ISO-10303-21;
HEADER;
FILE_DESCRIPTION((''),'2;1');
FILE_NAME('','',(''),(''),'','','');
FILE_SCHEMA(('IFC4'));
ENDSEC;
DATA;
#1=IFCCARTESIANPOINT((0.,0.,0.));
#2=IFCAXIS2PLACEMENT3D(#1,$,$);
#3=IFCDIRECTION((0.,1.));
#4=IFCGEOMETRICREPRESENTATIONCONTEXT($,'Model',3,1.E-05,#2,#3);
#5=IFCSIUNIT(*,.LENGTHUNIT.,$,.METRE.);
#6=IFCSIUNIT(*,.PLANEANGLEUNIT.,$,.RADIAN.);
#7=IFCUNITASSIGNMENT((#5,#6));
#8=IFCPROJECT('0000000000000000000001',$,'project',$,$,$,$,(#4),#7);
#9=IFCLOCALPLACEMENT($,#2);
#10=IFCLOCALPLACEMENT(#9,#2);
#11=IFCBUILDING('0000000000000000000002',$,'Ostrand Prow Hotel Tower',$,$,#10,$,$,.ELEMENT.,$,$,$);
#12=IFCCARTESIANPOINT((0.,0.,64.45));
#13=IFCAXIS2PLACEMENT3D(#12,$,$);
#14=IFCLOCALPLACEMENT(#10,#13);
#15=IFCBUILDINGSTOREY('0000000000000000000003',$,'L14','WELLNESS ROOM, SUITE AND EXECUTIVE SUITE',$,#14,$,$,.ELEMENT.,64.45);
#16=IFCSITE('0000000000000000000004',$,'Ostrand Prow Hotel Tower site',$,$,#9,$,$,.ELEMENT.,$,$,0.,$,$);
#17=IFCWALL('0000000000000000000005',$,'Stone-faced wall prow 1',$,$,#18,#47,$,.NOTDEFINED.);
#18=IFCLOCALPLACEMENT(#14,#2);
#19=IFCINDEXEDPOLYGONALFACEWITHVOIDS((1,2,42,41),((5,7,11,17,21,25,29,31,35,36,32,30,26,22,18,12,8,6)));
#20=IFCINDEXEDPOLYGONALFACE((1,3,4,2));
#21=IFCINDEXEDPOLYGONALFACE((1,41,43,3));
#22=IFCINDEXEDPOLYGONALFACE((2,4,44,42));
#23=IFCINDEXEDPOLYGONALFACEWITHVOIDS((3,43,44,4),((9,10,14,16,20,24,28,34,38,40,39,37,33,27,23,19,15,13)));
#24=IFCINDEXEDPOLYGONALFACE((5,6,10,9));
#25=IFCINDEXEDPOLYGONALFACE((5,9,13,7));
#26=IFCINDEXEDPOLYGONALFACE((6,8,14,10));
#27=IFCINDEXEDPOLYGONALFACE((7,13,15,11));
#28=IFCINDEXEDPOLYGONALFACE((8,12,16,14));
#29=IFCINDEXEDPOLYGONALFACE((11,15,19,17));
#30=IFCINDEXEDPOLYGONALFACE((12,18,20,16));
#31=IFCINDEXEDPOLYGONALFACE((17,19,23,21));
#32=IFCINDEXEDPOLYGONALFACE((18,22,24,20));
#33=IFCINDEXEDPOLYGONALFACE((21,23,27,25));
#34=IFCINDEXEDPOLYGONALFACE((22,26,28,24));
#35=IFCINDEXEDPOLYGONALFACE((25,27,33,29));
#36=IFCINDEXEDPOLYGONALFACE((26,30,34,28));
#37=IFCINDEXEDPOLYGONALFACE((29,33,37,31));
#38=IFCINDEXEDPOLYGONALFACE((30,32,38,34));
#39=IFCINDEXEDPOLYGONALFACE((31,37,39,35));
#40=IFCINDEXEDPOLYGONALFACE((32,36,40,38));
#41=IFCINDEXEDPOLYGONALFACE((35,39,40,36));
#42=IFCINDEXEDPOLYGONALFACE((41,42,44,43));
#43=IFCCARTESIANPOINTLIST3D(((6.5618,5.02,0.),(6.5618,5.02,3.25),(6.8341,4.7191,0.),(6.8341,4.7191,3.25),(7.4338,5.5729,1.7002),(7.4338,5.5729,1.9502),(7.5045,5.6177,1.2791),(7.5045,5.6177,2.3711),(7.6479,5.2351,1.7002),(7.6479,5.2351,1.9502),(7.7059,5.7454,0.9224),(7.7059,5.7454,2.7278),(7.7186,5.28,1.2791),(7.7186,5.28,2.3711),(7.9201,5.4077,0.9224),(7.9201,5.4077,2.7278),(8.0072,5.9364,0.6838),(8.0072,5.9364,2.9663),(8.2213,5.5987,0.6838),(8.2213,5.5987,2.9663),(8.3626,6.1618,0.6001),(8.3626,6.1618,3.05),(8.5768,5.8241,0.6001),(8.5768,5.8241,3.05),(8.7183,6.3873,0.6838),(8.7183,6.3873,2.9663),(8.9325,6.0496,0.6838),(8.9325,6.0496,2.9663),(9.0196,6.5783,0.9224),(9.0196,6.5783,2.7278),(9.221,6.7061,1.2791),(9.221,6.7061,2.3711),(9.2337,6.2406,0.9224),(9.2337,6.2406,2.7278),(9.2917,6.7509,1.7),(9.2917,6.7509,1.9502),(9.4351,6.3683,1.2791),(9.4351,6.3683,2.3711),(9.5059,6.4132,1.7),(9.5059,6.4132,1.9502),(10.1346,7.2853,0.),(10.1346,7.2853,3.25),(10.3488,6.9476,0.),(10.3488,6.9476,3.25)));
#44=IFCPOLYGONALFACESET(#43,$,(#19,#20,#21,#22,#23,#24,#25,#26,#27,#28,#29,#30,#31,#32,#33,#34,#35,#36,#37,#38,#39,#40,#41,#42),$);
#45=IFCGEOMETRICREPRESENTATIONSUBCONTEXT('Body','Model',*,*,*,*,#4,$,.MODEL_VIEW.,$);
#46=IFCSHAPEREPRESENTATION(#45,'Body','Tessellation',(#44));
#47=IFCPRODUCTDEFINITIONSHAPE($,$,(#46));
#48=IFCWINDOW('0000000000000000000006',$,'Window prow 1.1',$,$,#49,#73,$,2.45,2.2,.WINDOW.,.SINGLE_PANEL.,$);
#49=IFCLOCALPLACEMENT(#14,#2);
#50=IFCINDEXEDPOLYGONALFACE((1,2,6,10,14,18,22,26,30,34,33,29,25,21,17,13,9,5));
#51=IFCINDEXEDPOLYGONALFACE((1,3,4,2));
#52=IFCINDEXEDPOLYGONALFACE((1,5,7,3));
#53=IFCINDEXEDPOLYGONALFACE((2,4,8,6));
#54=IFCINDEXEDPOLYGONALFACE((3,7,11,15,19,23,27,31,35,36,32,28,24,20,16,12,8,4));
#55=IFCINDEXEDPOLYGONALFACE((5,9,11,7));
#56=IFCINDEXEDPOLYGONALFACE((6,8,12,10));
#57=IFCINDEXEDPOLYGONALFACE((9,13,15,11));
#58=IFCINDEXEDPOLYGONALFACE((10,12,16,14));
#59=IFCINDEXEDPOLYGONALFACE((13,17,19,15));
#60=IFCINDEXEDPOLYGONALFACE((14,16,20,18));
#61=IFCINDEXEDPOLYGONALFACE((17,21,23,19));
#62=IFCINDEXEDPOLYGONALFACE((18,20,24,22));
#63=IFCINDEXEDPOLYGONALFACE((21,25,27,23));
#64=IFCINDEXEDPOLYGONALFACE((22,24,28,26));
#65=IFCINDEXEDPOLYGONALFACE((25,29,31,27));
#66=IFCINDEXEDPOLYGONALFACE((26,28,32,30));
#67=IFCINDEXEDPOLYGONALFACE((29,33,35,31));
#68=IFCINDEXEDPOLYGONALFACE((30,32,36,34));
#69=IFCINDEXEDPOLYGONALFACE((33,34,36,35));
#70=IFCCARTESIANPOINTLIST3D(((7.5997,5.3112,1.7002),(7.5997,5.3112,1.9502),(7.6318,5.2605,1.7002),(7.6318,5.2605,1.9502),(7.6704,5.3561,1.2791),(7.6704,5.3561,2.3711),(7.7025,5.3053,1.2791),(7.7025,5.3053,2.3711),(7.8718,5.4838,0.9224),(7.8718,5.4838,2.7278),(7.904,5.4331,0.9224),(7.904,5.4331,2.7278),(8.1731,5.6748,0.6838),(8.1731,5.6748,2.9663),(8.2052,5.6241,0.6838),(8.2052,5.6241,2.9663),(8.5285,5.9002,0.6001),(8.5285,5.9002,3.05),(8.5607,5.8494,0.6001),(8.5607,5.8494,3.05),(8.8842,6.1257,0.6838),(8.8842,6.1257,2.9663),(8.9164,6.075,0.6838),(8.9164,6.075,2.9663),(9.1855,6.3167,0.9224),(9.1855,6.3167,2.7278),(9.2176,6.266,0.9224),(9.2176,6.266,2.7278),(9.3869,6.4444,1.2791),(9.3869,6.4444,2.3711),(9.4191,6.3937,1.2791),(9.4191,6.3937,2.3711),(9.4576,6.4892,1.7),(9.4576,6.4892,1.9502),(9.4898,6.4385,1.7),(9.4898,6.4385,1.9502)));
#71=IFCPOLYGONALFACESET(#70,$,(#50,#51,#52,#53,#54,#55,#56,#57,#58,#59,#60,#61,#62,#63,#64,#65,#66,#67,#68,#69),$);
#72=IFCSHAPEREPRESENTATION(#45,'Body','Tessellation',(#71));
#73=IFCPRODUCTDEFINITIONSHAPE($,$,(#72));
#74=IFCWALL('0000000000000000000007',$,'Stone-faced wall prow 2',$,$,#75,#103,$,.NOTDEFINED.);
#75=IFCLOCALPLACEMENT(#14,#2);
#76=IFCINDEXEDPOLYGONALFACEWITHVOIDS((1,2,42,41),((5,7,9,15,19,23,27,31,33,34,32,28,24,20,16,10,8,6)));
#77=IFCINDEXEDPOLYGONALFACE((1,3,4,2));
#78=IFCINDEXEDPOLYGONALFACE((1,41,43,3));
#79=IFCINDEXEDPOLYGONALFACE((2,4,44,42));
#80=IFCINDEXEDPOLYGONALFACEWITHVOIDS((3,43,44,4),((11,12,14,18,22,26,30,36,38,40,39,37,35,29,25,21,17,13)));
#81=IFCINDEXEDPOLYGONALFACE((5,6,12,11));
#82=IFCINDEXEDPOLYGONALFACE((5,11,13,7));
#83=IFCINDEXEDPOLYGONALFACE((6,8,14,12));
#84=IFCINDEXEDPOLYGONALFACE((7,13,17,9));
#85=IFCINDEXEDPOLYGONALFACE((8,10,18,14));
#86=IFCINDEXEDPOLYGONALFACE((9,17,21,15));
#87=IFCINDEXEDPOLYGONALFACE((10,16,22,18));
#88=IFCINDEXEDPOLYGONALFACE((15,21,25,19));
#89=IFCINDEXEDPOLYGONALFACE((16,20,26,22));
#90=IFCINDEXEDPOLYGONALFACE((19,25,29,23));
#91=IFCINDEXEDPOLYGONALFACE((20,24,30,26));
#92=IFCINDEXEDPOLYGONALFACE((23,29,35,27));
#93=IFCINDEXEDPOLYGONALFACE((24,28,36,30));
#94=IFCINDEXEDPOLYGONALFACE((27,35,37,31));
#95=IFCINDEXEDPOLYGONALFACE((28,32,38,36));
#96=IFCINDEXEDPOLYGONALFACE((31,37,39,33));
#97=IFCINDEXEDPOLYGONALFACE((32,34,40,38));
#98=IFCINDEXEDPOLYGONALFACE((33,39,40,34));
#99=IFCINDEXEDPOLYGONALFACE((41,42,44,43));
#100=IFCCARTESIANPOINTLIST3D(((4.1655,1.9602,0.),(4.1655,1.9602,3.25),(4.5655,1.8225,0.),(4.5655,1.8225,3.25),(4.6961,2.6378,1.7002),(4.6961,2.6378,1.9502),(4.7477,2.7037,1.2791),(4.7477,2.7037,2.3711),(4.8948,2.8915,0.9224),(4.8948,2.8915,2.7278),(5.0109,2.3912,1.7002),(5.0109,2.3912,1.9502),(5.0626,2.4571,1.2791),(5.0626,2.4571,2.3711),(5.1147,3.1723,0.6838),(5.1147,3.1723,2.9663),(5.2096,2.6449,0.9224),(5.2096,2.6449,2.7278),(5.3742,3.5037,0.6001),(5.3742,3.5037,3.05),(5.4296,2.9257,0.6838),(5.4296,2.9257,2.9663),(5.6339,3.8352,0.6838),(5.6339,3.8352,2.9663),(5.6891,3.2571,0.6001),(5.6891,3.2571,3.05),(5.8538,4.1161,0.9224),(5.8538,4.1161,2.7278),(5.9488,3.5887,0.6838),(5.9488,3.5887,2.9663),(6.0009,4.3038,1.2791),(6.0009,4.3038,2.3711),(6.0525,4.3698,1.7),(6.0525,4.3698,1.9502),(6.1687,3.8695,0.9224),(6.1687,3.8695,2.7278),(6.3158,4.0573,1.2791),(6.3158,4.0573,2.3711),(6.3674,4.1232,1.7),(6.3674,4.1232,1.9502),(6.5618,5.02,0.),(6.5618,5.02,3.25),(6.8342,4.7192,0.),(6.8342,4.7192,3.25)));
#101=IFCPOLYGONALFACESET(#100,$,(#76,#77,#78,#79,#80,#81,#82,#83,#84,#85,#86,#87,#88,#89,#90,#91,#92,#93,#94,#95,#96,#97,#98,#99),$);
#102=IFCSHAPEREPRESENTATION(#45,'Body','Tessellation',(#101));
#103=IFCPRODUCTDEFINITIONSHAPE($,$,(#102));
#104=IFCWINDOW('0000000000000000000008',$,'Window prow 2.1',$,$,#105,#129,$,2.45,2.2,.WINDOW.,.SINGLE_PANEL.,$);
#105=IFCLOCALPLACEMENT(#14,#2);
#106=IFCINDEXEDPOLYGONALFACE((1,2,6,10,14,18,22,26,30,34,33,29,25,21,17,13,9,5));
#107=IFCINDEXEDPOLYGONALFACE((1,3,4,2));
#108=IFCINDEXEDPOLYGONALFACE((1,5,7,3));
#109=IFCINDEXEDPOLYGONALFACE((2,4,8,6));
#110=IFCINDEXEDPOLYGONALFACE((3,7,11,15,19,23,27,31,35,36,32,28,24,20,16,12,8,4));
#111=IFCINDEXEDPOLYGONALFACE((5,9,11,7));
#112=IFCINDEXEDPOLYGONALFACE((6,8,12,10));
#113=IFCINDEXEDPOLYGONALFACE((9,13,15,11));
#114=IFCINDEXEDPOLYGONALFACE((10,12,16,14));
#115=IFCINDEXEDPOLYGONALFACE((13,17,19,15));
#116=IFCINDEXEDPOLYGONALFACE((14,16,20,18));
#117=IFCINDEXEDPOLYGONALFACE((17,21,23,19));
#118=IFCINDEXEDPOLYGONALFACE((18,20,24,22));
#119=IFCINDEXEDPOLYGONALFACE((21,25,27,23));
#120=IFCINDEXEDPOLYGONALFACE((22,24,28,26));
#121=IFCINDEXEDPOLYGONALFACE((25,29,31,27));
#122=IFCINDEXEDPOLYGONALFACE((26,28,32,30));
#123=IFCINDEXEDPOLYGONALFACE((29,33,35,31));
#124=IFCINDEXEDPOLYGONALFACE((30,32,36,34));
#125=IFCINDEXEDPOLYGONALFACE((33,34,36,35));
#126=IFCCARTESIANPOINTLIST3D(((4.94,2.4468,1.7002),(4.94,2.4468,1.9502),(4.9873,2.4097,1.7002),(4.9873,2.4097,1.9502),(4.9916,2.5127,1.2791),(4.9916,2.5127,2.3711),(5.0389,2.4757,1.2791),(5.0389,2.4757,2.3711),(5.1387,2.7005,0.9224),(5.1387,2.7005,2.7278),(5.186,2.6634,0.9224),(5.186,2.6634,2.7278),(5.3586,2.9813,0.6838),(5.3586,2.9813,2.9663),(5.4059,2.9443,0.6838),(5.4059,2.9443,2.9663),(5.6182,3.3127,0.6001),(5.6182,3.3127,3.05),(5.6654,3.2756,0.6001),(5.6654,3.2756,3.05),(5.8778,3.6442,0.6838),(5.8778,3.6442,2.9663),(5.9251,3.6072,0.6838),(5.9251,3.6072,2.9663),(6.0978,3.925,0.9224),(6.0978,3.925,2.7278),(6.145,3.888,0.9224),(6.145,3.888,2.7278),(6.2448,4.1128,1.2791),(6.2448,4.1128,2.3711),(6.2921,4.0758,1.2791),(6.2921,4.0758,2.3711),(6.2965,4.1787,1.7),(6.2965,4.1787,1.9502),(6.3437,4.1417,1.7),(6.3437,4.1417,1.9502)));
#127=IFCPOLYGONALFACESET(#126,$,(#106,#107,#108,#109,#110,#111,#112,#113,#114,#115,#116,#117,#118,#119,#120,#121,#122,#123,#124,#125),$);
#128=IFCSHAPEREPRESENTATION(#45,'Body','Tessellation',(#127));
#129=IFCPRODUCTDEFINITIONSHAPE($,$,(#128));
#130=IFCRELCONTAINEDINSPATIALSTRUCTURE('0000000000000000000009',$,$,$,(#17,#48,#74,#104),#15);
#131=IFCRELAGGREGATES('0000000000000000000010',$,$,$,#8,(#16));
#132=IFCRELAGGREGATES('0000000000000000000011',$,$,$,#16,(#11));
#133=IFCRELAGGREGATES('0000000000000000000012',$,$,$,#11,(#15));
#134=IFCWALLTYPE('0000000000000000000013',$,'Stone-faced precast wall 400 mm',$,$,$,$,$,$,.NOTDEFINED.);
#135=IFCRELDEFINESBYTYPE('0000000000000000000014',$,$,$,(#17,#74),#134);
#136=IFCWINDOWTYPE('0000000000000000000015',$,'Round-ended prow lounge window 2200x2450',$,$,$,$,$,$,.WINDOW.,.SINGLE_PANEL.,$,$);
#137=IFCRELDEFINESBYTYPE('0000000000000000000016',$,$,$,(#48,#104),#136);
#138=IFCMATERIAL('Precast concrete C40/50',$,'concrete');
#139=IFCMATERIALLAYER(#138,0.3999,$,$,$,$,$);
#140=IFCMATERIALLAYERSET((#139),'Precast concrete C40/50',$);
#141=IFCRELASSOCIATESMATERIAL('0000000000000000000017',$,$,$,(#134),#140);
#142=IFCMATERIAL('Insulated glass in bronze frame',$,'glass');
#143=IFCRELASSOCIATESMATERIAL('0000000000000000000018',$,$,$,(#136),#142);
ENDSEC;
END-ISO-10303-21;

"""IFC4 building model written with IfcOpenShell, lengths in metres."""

from ifc_helpers import new_model, si_unit, direction, frame, origin, place, context, subcontext, project, spatial, polyline, outline, extrude, material, layer, layer_set, type_object, element, fill, save


model = new_model("IFC4")

# Units and contexts
model_context = context("Model", 3, precision=1e-05, world=origin(), true_north=direction((0.0, 1.0)))
body_context = subcontext(model_context, "Body", "Model", "MODEL_VIEW")
ifc_project = project(units=[si_unit("LENGTHUNIT", "METRE"), si_unit("PLANEANGLEUNIT", "RADIAN")], contexts=[model_context])

# Site, building, storey
site_placement = place(None, origin())
site = spatial("IfcSite", under=ifc_project, at=site_placement, Name="Ostrand Prow Hotel Tower site", CompositionType="ELEMENT", RefElevation=0.0)
building_placement = place(site_placement, origin())
building = spatial("IfcBuilding", under=site, at=building_placement, Name="Ostrand Prow Hotel Tower", CompositionType="ELEMENT")
storey_placement = place(building_placement, frame((0.0, 0.0, 64.45)))
storey = spatial("IfcBuildingStorey", under=building, at=storey_placement, Name="L14", Description="WELLNESS ROOM, SUITE AND EXECUTIVE SUITE", CompositionType="ELEMENT", Elevation=64.45)

# Walls, openings, windows
ifc_material_1 = material(Name="Precast concrete C40/50", Category="concrete")
ifc_layer_1 = layer(ifc_material_1, 0.3999)
ifc_layer_set_1 = layer_set([ifc_layer_1], Name="Precast concrete C40/50")
wall_type_1 = type_object("IfcWallType", Name="Stone-faced precast wall 400 mm", PredefinedType="NOTDEFINED", material=ifc_layer_set_1)
wall_1_placement = place(storey_placement, frame((10.2417, 7.1165, 0.0), z_axis=(0.0, 0.0, 1.0), x_axis=(-0.844552, -0.535474, 0.0)))
wall_1 = element("IfcWall", 1, at=wall_1_placement, inside=storey, type_object=wall_type_1, Name="Stone-faced wall prow 1", PredefinedType="NOTDEFINED", context=body_context, shape_type="SweptSolid", body=[
    extrude(outline(polyline([(0.0, -0.2), (4.2305, -0.2), (4.1616, 0.2), (0.0, 0.2), (0.0, -0.2)])), origin(), (0.0, 0.0, 1.0), 3.25),
])
opening_1_placement = place(wall_1_placement, frame((0.998, 0.0, 0.6001)))
opening_1 = element("IfcOpeningElement", 2, at=opening_1_placement, cuts=wall_1, PredefinedType="OPENING", context=body_context, shape_type="SweptSolid", body=[
    extrude(outline(polyline([(0.0, 1.3501), (0.0837, 1.771), (0.3223, 2.1277), (0.679, 2.3662), (1.1001, 2.45), (1.521, 2.3662), (1.8777, 2.1277), (2.1162, 1.771), (2.2, 1.3501), (2.2, 1.1001), (2.1162, 0.679), (1.8777, 0.3223), (1.521, 0.0837), (1.1001, 0.0), (0.679, 0.0837), (0.3223, 0.3223), (0.0837, 0.679), (0.0, 1.0999), (0.0, 1.3501)])), frame((0.0, 0.21, 0.0), z_axis=(0.0, -1.0, 0.0), x_axis=(1.0, 0.0, 0.0)), (0.0, 0.0, 1.0), 0.4199),
])
ifc_material_2 = material(Name="Insulated glass in bronze frame", Category="glass")
window_type = type_object("IfcWindowType", Name="Round-ended prow lounge window 2200x2450", PartitioningType="SINGLE_PANEL", PredefinedType="WINDOW", material=ifc_material_2)
window_1_placement = place(opening_1_placement, origin())
window_1 = element("IfcWindow", 3, at=window_1_placement, inside=storey, type_object=window_type, Name="Window prow 1.1", OverallHeight=2.45, OverallWidth=2.2, PartitioningType="SINGLE_PANEL", PredefinedType="WINDOW", context=body_context, shape_type="SweptSolid", body=[
    extrude(outline(polyline([(0.0, 1.3501), (0.0837, 1.771), (0.3223, 2.1277), (0.679, 2.3662), (1.1001, 2.45), (1.521, 2.3662), (1.8777, 2.1277), (2.1162, 1.771), (2.2, 1.3501), (2.2, 1.1001), (2.1162, 0.679), (1.8777, 0.3223), (1.521, 0.0837), (1.1001, 0.0), (0.679, 0.0837), (0.3223, 0.3223), (0.0837, 0.679), (0.0, 1.0999), (0.0, 1.3501)])), frame((0.0, 0.1699, 0.0), z_axis=(0.0, -1.0, 0.0), x_axis=(1.0, 0.0, 0.0)), (0.0, 0.0, 1.0), 0.0601),
])
fill(opening_1, window_1)
wall_2_placement = place(storey_placement, frame((6.698, 4.8696, 0.0), z_axis=(0.0, 0.0, 1.0), x_axis=(-0.616587, -0.787287, 0.0)))
wall_2 = element("IfcWall", 4, at=wall_2_placement, inside=storey, type_object=wall_type_1, Name="Stone-faced wall prow 2", PredefinedType="NOTDEFINED", context=body_context, shape_type="SweptSolid", body=[
    extrude(outline(polyline([(-0.0344, -0.2), (3.8521, -0.2), (3.7139, 0.2), (0.0344, 0.2), (-0.0344, -0.2)])), origin(), (0.0, 0.0, 1.0), 3.25),
])
opening_2_placement = place(wall_2_placement, frame((0.7915, 0.0, 0.6001)))
opening_2 = element("IfcOpeningElement", 5, at=opening_2_placement, cuts=wall_2, PredefinedType="OPENING", context=body_context, shape_type="SweptSolid", body=[
    extrude(outline(polyline([(0.0, 1.3501), (0.0837, 1.771), (0.3223, 2.1277), (0.679, 2.3662), (1.1001, 2.45), (1.521, 2.3662), (1.8777, 2.1277), (2.1162, 1.771), (2.2, 1.3501), (2.2, 1.1001), (2.1162, 0.679), (1.8777, 0.3223), (1.521, 0.0837), (1.1001, 0.0), (0.679, 0.0837), (0.3223, 0.3223), (0.0837, 0.679), (0.0, 1.0999), (0.0, 1.3501)])), frame((0.0, 0.21, 0.0), z_axis=(0.0, -1.0, 0.0), x_axis=(1.0, 0.0, 0.0)), (0.0, 0.0, 1.0), 0.4199),
])
window_2_placement = place(opening_2_placement, origin())
window_2 = element("IfcWindow", 6, at=window_2_placement, inside=storey, type_object=window_type, Name="Window prow 2.1", OverallHeight=2.45, OverallWidth=2.2, PartitioningType="SINGLE_PANEL", PredefinedType="WINDOW", context=body_context, shape_type="SweptSolid", body=[
    extrude(outline(polyline([(0.0, 1.3501), (0.0837, 1.771), (0.3223, 2.1277), (0.679, 2.3662), (1.1001, 2.45), (1.521, 2.3662), (1.8777, 2.1277), (2.1162, 1.771), (2.2, 1.3501), (2.2, 1.1001), (2.1162, 0.679), (1.8777, 0.3223), (1.521, 0.0837), (1.1001, 0.0), (0.679, 0.0837), (0.3223, 0.3223), (0.0837, 0.679), (0.0, 1.0999), (0.0, 1.3501)])), frame((0.0, 0.1699, 0.0), z_axis=(0.0, -1.0, 0.0), x_axis=(1.0, 0.0, 0.0)), (0.0, 0.0, 1.0), 0.0601),
])
fill(opening_2, window_2)

save(model, "model.ifc")
